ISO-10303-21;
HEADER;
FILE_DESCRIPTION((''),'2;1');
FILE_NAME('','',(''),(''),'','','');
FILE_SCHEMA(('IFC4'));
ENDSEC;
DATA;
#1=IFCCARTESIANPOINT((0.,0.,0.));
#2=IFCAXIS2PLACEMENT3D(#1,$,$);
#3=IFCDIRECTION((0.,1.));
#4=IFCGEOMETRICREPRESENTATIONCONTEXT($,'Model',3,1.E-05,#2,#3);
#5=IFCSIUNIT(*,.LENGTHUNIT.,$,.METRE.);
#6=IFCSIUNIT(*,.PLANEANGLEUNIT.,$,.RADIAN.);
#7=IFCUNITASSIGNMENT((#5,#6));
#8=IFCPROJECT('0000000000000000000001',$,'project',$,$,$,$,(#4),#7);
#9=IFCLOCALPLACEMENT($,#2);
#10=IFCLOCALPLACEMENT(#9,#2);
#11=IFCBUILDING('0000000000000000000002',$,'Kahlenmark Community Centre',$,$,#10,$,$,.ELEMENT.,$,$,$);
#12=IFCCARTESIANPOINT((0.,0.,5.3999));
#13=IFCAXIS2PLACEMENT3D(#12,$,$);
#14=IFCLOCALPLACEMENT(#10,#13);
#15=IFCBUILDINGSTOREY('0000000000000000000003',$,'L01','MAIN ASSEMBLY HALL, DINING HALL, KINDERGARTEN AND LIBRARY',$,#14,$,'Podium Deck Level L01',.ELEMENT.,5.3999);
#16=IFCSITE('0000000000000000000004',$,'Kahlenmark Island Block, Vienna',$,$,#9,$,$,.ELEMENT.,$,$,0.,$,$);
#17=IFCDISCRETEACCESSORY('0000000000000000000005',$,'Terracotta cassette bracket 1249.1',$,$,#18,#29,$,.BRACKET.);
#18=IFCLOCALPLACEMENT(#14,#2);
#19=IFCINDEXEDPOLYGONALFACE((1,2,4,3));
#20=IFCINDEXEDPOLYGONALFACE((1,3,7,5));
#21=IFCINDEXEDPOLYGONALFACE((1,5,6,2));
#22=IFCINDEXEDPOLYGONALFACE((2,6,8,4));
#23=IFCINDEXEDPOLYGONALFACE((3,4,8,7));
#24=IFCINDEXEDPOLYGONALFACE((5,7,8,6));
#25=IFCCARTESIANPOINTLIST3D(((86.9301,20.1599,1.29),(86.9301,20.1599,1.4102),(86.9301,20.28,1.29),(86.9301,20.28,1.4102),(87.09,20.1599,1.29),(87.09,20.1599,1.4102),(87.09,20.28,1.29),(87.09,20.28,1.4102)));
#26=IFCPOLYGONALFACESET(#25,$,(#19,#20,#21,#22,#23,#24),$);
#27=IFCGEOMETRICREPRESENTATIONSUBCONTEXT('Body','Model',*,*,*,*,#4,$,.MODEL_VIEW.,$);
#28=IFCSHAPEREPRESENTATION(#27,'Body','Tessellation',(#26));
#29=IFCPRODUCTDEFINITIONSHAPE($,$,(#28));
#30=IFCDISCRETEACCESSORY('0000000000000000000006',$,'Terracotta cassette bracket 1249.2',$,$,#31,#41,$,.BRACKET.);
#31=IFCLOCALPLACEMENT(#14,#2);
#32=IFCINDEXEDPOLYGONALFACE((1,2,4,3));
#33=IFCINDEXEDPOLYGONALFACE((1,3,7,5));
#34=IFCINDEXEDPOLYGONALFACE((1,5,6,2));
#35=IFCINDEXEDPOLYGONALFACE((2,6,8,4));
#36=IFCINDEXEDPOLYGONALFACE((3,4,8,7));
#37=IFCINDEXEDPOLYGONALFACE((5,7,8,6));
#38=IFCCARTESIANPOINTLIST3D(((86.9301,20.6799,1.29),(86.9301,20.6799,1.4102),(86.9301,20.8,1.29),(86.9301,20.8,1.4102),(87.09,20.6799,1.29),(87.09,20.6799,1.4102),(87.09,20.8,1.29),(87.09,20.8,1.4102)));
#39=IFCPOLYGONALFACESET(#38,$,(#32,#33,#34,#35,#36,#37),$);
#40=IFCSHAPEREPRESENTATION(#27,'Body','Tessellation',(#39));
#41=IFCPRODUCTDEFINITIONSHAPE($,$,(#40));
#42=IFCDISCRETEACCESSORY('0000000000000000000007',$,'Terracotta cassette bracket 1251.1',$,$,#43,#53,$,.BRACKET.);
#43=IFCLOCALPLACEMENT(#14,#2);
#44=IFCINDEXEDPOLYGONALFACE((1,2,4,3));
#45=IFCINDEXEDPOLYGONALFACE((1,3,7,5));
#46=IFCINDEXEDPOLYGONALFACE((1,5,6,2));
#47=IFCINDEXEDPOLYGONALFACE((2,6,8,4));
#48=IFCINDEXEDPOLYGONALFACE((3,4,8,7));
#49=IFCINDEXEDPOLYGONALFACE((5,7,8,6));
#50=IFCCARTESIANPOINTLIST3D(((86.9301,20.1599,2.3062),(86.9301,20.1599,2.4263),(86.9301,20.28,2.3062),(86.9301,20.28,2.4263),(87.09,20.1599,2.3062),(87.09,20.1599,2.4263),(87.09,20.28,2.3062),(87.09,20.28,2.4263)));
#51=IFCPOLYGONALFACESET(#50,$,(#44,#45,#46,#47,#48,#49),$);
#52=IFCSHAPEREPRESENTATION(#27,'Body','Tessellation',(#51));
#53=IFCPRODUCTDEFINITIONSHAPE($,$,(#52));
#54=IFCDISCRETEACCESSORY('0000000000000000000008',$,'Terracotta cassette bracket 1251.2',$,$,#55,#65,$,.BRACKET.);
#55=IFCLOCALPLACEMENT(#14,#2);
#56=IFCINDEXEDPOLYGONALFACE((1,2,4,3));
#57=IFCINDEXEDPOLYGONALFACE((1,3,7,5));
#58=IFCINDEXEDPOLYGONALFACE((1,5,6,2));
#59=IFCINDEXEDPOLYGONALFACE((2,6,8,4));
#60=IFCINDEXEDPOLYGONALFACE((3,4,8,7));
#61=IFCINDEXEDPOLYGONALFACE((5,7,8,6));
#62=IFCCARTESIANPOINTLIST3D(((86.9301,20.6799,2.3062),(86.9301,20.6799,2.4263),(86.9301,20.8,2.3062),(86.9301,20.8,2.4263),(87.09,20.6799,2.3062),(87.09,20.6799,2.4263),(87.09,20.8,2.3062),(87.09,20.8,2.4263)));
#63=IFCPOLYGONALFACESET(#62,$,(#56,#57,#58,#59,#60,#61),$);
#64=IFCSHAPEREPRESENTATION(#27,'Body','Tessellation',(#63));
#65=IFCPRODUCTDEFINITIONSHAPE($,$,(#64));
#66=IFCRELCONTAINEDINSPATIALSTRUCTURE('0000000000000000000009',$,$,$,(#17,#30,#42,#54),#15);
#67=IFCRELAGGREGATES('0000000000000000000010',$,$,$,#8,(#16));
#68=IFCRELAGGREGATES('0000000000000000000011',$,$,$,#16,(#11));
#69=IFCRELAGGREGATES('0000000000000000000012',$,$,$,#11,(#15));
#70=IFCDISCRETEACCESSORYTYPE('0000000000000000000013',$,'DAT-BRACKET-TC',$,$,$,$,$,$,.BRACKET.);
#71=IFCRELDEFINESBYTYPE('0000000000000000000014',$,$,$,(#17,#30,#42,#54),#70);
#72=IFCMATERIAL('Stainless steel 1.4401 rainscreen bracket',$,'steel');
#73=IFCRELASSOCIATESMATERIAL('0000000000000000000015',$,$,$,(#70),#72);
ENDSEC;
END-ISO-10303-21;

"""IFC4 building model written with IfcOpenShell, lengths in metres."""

from ifc_helpers import new_model, si_unit, direction, frame, origin, origin_2d, place, context, subcontext, project, spatial, rectangle, extrude, material, type_object, element, save


model = new_model("IFC4")

# Units and contexts
model_context = context("Model", 3, precision=1e-05, world=origin(), true_north=direction((0.0, 1.0)))
body_context = subcontext(model_context, "Body", "Model", "MODEL_VIEW")
ifc_project = project(units=[si_unit("LENGTHUNIT", "METRE"), si_unit("PLANEANGLEUNIT", "RADIAN")], contexts=[model_context])

# Site, building, storey
site_placement = place(None, origin())
site = spatial("IfcSite", under=ifc_project, at=site_placement, Name="Kahlenmark Island Block, Vienna", CompositionType="ELEMENT", RefElevation=0.0)
building_placement = place(site_placement, origin())
building = spatial("IfcBuilding", under=site, at=building_placement, Name="Kahlenmark Community Centre", CompositionType="ELEMENT")
storey_placement = place(building_placement, frame((0.0, 0.0, 5.3999)))
storey = spatial("IfcBuildingStorey", under=building, at=storey_placement, Name="L01", Description="MAIN ASSEMBLY HALL, DINING HALL, KINDERGARTEN AND LIBRARY", LongName="Podium Deck Level L01", CompositionType="ELEMENT", Elevation=5.3999)

# Discrete accessories
ifc_material_1 = material(Name="Stainless steel 1.4401 rainscreen bracket", Category="steel")
discrete_accessory_type = type_object("IfcDiscreteAccessoryType", Name="DAT-BRACKET-TC", PredefinedType="BRACKET", material=ifc_material_1)
for number, where, z_axis, x_axis, name in (
    (1, (87.01, 20.22, 1.29), (0.0, 0.0, 1.0), (0.0, 1.0, 0.0), "Terracotta cassette bracket 1249.1"),
    (2, (87.01, 20.74, 1.29), (0.0, 0.0, 1.0), (0.0, 1.0, 0.0), "Terracotta cassette bracket 1249.2"),
    (3, (87.01, 20.22, 2.3062), (0.0, 0.0, 1.0), (0.0, 1.0, 0.0), "Terracotta cassette bracket 1251.1"),
    (4, (87.01, 20.74, 2.3062), (0.0, 0.0, 1.0), (0.0, 1.0, 0.0), "Terracotta cassette bracket 1251.2"),
):
    element("IfcDiscreteAccessory", number, at=place(storey_placement, frame(where, z_axis=z_axis, x_axis=x_axis)), inside=storey, type_object=discrete_accessory_type, Name=name, PredefinedType="BRACKET", context=body_context, shape_type="SweptSolid", body=[
        extrude(rectangle(XDim=0.1201, YDim=0.1599, at=origin_2d()), origin(), (0.0, 0.0, 1.0), 0.1201),
    ])

save(model, "model.ifc")
